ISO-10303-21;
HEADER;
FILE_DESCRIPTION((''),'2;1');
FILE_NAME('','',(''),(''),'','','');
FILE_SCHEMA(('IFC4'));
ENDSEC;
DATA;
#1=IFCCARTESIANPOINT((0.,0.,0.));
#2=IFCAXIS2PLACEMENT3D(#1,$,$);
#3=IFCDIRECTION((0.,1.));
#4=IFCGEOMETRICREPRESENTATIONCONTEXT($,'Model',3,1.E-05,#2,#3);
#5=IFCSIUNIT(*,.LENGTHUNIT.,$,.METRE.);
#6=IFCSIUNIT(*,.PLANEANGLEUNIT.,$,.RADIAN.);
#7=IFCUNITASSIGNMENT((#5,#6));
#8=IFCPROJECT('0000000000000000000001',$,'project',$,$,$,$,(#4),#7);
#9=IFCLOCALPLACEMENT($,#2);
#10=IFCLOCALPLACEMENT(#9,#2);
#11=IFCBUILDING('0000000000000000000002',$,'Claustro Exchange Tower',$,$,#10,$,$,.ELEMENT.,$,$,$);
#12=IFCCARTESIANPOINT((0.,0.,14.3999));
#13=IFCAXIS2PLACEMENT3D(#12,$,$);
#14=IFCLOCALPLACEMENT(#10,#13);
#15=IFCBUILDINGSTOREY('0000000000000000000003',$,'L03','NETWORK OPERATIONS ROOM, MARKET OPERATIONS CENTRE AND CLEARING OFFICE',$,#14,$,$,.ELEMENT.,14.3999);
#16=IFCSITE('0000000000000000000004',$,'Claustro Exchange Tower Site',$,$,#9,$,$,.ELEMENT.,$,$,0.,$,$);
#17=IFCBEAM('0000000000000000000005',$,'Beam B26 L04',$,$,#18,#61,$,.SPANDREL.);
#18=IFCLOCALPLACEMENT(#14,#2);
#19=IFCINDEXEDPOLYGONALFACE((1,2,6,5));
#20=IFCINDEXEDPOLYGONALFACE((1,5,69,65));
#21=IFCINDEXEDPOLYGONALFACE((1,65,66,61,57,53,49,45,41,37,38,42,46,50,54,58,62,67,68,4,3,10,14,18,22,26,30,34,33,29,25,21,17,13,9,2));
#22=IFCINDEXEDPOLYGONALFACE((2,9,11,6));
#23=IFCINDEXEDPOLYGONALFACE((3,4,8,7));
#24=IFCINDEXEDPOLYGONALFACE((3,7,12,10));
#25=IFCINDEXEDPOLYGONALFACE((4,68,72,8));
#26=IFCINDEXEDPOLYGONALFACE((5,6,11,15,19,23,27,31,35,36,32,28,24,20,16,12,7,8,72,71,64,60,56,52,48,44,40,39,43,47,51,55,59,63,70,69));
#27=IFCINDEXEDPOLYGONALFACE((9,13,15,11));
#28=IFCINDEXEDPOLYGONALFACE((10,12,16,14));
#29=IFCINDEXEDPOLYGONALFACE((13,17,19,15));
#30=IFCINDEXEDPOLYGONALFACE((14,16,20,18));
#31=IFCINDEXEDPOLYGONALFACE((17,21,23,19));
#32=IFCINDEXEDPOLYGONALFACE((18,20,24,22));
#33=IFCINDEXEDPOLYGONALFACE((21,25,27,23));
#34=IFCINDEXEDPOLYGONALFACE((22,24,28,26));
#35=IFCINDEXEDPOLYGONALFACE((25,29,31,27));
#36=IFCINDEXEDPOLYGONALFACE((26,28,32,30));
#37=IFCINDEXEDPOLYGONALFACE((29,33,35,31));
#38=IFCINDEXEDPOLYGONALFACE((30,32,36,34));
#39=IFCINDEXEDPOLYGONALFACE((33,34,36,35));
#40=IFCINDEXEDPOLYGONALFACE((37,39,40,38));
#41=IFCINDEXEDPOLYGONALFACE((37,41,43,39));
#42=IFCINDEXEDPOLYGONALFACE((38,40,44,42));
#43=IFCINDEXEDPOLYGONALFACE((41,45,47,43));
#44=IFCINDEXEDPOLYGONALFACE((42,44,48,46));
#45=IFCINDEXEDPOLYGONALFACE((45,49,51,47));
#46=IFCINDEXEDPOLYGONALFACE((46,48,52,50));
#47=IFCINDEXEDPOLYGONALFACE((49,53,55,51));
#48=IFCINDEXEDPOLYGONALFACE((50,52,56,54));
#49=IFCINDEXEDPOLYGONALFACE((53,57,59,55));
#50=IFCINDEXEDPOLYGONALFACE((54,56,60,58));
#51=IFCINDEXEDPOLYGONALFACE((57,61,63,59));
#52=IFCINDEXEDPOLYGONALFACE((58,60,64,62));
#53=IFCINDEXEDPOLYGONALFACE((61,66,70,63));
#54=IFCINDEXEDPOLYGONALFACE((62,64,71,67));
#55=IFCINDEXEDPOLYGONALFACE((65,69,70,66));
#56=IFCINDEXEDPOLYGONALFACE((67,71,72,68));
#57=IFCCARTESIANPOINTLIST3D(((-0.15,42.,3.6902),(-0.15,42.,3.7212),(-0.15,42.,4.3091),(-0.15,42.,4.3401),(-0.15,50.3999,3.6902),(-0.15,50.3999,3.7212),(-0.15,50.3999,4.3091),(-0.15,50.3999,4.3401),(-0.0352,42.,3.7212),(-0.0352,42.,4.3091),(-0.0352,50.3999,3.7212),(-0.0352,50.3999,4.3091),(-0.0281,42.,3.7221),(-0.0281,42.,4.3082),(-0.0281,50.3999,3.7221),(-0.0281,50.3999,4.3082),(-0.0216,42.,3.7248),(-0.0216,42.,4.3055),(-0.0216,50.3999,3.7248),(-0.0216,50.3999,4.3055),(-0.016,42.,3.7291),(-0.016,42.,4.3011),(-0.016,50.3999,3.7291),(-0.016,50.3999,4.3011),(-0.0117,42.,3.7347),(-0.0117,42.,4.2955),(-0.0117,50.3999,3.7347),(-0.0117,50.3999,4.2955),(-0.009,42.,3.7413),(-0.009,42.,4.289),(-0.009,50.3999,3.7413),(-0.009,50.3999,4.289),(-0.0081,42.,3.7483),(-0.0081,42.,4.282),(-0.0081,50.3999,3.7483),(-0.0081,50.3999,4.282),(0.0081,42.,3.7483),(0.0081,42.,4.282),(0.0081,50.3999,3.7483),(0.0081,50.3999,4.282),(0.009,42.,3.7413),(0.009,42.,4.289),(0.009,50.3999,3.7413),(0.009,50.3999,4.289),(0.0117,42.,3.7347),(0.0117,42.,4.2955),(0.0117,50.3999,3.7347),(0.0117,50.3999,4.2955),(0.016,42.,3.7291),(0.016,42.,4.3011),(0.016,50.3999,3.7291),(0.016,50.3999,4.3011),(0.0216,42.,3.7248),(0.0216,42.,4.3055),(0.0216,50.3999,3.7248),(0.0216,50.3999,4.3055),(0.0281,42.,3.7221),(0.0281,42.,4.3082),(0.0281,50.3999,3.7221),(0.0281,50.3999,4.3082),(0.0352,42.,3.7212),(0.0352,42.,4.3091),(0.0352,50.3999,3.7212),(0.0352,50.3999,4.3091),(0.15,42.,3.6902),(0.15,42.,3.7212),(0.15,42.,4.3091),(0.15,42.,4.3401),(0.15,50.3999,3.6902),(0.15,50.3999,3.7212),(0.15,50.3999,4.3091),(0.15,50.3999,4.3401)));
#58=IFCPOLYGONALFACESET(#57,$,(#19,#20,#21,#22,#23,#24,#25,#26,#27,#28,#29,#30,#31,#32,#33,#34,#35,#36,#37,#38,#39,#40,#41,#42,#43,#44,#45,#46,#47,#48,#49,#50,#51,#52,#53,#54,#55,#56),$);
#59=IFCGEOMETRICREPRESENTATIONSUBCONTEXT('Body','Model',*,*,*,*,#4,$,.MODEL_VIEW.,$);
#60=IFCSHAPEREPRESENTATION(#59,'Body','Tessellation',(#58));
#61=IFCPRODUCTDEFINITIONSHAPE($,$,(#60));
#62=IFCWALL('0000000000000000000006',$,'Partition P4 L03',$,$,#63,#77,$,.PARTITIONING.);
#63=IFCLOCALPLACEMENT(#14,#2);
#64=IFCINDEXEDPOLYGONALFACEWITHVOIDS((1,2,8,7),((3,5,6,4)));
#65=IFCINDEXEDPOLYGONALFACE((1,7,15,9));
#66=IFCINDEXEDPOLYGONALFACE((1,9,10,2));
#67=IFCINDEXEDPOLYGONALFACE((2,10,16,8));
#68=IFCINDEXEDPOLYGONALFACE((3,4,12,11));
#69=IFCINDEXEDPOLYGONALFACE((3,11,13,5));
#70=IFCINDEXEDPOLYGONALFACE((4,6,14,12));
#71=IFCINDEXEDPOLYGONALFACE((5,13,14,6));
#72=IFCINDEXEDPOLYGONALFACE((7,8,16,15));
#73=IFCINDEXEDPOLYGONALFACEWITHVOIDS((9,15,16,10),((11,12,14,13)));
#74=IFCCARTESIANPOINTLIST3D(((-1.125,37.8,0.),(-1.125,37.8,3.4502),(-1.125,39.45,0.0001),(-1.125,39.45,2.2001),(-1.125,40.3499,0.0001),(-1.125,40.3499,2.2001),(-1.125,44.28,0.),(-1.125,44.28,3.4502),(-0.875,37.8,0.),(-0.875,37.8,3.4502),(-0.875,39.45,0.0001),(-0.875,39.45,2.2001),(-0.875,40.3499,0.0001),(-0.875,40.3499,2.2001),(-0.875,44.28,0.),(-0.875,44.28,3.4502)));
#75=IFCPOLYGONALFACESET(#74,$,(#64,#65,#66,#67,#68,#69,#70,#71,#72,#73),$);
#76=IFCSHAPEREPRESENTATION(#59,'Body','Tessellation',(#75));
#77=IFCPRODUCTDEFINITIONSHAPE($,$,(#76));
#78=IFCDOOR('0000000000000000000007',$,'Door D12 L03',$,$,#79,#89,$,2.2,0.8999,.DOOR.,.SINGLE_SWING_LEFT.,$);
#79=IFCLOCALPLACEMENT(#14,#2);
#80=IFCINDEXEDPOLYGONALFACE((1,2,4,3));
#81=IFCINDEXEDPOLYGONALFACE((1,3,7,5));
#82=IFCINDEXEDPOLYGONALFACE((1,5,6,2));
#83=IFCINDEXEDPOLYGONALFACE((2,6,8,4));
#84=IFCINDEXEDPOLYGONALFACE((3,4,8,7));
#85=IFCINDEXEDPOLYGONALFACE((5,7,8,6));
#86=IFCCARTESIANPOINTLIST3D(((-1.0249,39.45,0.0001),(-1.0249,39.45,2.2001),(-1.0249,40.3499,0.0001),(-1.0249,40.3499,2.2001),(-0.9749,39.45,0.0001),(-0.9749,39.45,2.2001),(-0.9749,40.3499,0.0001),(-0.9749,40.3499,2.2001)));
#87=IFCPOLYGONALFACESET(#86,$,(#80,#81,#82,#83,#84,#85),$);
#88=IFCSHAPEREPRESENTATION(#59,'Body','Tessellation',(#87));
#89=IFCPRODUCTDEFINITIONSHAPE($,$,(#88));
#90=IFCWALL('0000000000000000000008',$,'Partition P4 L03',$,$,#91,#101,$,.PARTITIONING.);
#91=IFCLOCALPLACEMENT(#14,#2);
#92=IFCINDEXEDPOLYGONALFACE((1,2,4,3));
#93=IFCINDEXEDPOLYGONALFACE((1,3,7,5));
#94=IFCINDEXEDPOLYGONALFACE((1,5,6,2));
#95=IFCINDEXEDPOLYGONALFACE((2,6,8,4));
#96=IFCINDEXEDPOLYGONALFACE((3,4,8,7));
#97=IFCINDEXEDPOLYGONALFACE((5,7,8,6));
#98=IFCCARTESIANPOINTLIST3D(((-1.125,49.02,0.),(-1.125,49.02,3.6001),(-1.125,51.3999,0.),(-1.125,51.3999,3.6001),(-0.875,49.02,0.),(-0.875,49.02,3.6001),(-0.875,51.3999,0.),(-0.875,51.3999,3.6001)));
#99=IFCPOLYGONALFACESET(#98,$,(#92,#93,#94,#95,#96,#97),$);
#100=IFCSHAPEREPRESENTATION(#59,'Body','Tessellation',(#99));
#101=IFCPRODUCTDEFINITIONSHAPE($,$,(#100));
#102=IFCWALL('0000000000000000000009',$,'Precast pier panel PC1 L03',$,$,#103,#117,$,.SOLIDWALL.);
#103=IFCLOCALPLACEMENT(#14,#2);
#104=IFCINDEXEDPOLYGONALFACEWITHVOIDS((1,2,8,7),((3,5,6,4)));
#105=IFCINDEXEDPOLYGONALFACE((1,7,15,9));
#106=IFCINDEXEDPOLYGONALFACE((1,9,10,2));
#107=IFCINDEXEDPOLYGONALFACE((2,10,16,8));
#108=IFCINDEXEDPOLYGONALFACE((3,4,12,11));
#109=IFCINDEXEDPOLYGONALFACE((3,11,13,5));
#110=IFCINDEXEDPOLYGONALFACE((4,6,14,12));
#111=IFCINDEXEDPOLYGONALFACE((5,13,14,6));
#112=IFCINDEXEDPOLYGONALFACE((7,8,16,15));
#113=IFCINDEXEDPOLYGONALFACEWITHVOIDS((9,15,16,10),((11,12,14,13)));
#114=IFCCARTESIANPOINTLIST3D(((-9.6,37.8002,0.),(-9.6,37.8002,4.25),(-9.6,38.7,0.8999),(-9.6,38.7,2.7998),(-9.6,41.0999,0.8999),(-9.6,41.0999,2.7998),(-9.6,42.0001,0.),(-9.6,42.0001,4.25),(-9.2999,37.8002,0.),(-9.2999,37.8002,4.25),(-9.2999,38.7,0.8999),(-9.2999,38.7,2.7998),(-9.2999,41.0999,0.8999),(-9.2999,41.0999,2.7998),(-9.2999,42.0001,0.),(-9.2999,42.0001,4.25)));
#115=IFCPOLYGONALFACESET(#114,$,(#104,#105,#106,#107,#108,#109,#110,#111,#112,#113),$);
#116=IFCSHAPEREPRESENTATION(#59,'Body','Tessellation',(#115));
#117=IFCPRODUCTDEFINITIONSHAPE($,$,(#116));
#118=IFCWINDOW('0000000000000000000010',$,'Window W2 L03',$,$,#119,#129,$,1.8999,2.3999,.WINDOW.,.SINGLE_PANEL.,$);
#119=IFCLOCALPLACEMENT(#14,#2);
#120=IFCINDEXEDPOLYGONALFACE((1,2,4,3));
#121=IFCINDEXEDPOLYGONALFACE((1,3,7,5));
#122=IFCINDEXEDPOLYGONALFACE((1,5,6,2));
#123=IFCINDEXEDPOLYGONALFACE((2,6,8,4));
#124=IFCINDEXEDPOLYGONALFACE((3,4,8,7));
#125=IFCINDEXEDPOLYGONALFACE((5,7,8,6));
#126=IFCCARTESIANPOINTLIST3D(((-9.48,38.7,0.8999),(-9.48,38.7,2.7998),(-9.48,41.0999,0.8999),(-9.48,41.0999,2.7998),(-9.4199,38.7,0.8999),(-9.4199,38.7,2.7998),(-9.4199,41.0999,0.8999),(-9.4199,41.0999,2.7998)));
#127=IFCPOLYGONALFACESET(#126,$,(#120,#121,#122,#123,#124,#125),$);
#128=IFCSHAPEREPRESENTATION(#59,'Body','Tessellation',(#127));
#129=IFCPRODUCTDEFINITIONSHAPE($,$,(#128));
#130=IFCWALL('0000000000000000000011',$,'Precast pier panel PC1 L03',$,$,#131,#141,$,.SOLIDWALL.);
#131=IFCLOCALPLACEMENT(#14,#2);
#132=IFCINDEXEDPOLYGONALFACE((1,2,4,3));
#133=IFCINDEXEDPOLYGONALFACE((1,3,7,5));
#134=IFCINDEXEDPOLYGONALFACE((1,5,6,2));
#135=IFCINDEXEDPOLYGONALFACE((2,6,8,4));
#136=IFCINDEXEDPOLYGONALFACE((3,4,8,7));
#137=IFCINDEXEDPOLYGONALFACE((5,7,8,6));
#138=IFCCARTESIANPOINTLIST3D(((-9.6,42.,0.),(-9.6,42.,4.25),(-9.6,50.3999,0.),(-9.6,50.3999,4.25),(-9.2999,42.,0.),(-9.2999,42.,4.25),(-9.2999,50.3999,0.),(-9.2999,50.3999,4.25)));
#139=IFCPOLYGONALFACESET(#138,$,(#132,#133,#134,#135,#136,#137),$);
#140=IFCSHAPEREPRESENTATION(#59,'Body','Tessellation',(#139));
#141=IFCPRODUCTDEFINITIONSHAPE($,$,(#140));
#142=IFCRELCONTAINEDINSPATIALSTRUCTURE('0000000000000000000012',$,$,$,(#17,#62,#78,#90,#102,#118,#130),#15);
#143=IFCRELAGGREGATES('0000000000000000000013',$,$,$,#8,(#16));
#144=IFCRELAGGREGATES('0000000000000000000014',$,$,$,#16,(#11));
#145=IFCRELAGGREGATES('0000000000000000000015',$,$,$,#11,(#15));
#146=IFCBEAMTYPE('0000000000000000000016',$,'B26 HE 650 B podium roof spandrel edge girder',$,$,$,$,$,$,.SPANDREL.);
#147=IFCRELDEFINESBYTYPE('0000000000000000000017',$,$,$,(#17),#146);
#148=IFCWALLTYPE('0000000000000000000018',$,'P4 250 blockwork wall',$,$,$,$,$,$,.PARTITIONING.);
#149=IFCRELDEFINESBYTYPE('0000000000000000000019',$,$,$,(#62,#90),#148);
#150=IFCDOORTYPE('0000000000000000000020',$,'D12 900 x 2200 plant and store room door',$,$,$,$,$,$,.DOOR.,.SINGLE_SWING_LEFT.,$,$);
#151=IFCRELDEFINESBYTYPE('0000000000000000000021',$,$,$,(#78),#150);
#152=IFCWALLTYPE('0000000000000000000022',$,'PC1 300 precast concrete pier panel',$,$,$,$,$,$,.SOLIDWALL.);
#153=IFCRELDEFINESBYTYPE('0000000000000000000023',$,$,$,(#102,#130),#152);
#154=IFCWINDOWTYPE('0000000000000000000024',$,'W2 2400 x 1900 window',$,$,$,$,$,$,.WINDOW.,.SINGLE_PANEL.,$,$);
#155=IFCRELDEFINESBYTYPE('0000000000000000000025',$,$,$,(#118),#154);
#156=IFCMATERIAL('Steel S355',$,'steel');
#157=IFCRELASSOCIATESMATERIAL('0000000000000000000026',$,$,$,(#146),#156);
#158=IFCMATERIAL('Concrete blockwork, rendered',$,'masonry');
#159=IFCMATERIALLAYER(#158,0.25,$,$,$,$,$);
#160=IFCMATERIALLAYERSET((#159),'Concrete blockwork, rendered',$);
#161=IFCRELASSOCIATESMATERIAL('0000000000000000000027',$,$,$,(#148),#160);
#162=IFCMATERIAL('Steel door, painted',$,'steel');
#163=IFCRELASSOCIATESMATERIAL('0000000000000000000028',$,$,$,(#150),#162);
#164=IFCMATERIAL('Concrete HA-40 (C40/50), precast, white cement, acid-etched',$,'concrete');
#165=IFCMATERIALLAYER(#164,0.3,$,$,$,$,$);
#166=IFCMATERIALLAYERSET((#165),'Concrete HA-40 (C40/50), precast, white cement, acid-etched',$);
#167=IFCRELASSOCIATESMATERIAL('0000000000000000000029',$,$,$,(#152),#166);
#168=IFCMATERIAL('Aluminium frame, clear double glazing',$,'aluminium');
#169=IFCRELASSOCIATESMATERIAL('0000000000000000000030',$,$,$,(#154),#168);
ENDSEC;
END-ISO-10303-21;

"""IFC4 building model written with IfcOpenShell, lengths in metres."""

from ifc_helpers import new_model, si_unit, direction, frame, frame_2d, origin, origin_2d, place, context, subcontext, project, spatial, rectangle, i_section, extrude, material, layer, layer_set, material_profile, profile_set, type_object, element, fill, save


model = new_model("IFC4")

# Units and contexts
model_context = context("Model", 3, precision=1e-05, world=origin(), true_north=direction((0.0, 1.0)))
body_context = subcontext(model_context, "Body", "Model", "MODEL_VIEW")
ifc_project = project(units=[si_unit("LENGTHUNIT", "METRE"), si_unit("PLANEANGLEUNIT", "RADIAN")], contexts=[model_context])

# Site, building, storey
site_placement = place(None, origin())
site = spatial("IfcSite", under=ifc_project, at=site_placement, Name="Claustro Exchange Tower Site", CompositionType="ELEMENT", RefElevation=0.0)
building_placement = place(site_placement, origin())
building = spatial("IfcBuilding", under=site, at=building_placement, Name="Claustro Exchange Tower", CompositionType="ELEMENT")
storey_placement = place(building_placement, frame((0.0, 0.0, 14.3999)))
storey = spatial("IfcBuildingStorey", under=building, at=storey_placement, Name="L03", Description="NETWORK OPERATIONS ROOM, MARKET OPERATIONS CENTRE AND CLEARING OFFICE", CompositionType="ELEMENT", Elevation=14.3999)

# Beam
ifc_material_1 = material(Name="Steel S355", Category="steel")
ifc_material_profile_1 = material_profile(ifc_material_1, i_section(OverallWidth=0.3, OverallDepth=0.6499, WebThickness=0.0161, FlangeThickness=0.031, FilletRadius=0.0271, at=origin_2d()), Name="HE 650 B")
ifc_profile_set_1 = profile_set([ifc_material_profile_1], Name="Steel S355")
beam_type_1 = type_object("IfcBeamType", Name="B26 HE 650 B podium roof spandrel edge girder", PredefinedType="SPANDREL", material=ifc_profile_set_1)
beam_1_placement = place(storey_placement, frame((0.0, 42.0, 4.0151), z_axis=(0.0, 1.0, 0.0), x_axis=(-1.0, 0.0, 0.0)))
element("IfcBeam", 1, at=beam_1_placement, inside=storey, type_object=beam_type_1, Name="Beam B26 L04", PredefinedType="SPANDREL", context=body_context, shape_type="SweptSolid", body=[
    extrude(i_section(OverallWidth=0.3, OverallDepth=0.6499, WebThickness=0.0161, FlangeThickness=0.031, FilletRadius=0.0271, at=origin_2d()), origin(), (0.0, 0.0, 1.0), 8.3999),
])

# Wall, opening, door
ifc_material_2 = material(Name="Concrete blockwork, rendered", Category="masonry")
ifc_layer_1 = layer(ifc_material_2, 0.25)
ifc_layer_set_1 = layer_set([ifc_layer_1], Name="Concrete blockwork, rendered")
wall_type_1 = type_object("IfcWallType", Name="P4 250 blockwork wall", PredefinedType="PARTITIONING", material=ifc_layer_set_1)
wall_1_placement = place(storey_placement, frame((-1.0, 37.8, 0.0), z_axis=(0.0, 0.0, 1.0), x_axis=(0.0, 1.0, 0.0)))
wall_1 = element("IfcWall", 2, at=wall_1_placement, inside=storey, type_object=wall_type_1, Name="Partition P4 L03", PredefinedType="PARTITIONING", context=body_context, shape_type="SweptSolid", body=[
    extrude(rectangle(XDim=6.48, YDim=0.25, at=frame_2d((3.24, 0.0))), origin(), (0.0, 0.0, 1.0), 3.4502),
])
opening_1_placement = place(wall_1_placement, frame((1.6499, 0.0, 0.0)))
opening_1 = element("IfcOpeningElement", 3, at=opening_1_placement, cuts=wall_1, PredefinedType="OPENING", context=body_context, shape_type="SweptSolid", body=[
    extrude(rectangle(XDim=0.8999, YDim=2.2, at=frame_2d((0.45, 1.1001))), frame((0.0, 0.135, 0.0), z_axis=(0.0, -1.0, 0.0), x_axis=(1.0, 0.0, 0.0)), (0.0, 0.0, 1.0), 0.27),
])
ifc_material_3 = material(Name="Steel door, painted", Category="steel")
door_type_1 = type_object("IfcDoorType", Name="D12 900 x 2200 plant and store room door", OperationType="SINGLE_SWING_LEFT", PredefinedType="DOOR", material=ifc_material_3)
door_1_placement = place(opening_1_placement, origin())
door_1 = element("IfcDoor", 4, at=door_1_placement, inside=storey, type_object=door_type_1, Name="Door D12 L03", OperationType="SINGLE_SWING_LEFT", OverallHeight=2.2, OverallWidth=0.8999, PredefinedType="DOOR", context=body_context, shape_type="SweptSolid", body=[
    extrude(rectangle(XDim=0.8999, YDim=2.2, at=frame_2d((0.45, 1.1001))), frame((0.0, 0.0249, 0.0), z_axis=(0.0, -1.0, 0.0), x_axis=(1.0, 0.0, 0.0)), (0.0, 0.0, 1.0), 0.05),
])
fill(opening_1, door_1)

# Wall
wall_2_placement = place(storey_placement, frame((-1.0, 49.02, 0.0), z_axis=(0.0, 0.0, 1.0), x_axis=(0.0, 1.0, 0.0)))
element("IfcWall", 5, at=wall_2_placement, inside=storey, type_object=wall_type_1, Name="Partition P4 L03", PredefinedType="PARTITIONING", context=body_context, shape_type="SweptSolid", body=[
    extrude(rectangle(XDim=2.3799, YDim=0.25, at=frame_2d((1.1899, 0.0))), origin(), (0.0, 0.0, 1.0), 3.6001),
])

# Wall, opening, window
ifc_material_4 = material(Name="Concrete HA-40 (C40/50), precast, white cement, acid-etched", Category="concrete")
ifc_layer_2 = layer(ifc_material_4, 0.3)
ifc_layer_set_2 = layer_set([ifc_layer_2], Name="Concrete HA-40 (C40/50), precast, white cement, acid-etched")
wall_type_2 = type_object("IfcWallType", Name="PC1 300 precast concrete pier panel", PredefinedType="SOLIDWALL", material=ifc_layer_set_2)
wall_3_placement = place(storey_placement, frame((-9.45, 37.8, 0.0), z_axis=(0.0, 0.0, 1.0), x_axis=(0.0, 1.0, 0.0)))
wall_3 = element("IfcWall", 6, at=wall_3_placement, inside=storey, type_object=wall_type_2, Name="Precast pier panel PC1 L03", PredefinedType="SOLIDWALL", context=body_context, shape_type="SweptSolid", body=[
    extrude(rectangle(XDim=4.2, YDim=0.3, at=frame_2d((2.1001, 0.0))), origin(), (0.0, 0.0, 1.0), 4.25),
])
opening_2_placement = place(wall_3_placement, frame((0.8999, 0.0, 0.8999)))
opening_2 = element("IfcOpeningElement", 7, at=opening_2_placement, cuts=wall_3, PredefinedType="OPENING", context=body_context, shape_type="SweptSolid", body=[
    extrude(rectangle(XDim=2.3999, YDim=1.8999, at=frame_2d((1.2, 0.95))), frame((0.0, 0.1599, 0.0), z_axis=(0.0, -1.0, 0.0), x_axis=(1.0, 0.0, 0.0)), (0.0, 0.0, 1.0), 0.3201),
])
ifc_material_5 = material(Name="Aluminium frame, clear double glazing", Category="aluminium")
window_type_1 = type_object("IfcWindowType", Name="W2 2400 x 1900 window", PartitioningType="SINGLE_PANEL", PredefinedType="WINDOW", material=ifc_material_5)
window_1_placement = place(opening_2_placement, origin())
window_1 = element("IfcWindow", 8, at=window_1_placement, inside=storey, type_object=window_type_1, Name="Window W2 L03", OverallHeight=1.8999, OverallWidth=2.3999, PartitioningType="SINGLE_PANEL", PredefinedType="WINDOW", context=body_context, shape_type="SweptSolid", body=[
    extrude(rectangle(XDim=2.3999, YDim=1.8999, at=frame_2d((1.2, 0.95))), frame((0.0, 0.03, 0.0), z_axis=(0.0, -1.0, 0.0), x_axis=(1.0, 0.0, 0.0)), (0.0, 0.0, 1.0), 0.0601),
])
fill(opening_2, window_1)

# Wall
wall_4_placement = place(storey_placement, frame((-9.45, 42.0, 0.0), z_axis=(0.0, 0.0, 1.0), x_axis=(0.0, 1.0, 0.0)))
element("IfcWall", 9, at=wall_4_placement, inside=storey, type_object=wall_type_2, Name="Precast pier panel PC1 L03", PredefinedType="SOLIDWALL", context=body_context, shape_type="SweptSolid", body=[
    extrude(rectangle(XDim=8.3999, YDim=0.3, at=frame_2d((4.2, 0.0))), origin(), (0.0, 0.0, 1.0), 4.25),
])

save(model, "model.ifc")
